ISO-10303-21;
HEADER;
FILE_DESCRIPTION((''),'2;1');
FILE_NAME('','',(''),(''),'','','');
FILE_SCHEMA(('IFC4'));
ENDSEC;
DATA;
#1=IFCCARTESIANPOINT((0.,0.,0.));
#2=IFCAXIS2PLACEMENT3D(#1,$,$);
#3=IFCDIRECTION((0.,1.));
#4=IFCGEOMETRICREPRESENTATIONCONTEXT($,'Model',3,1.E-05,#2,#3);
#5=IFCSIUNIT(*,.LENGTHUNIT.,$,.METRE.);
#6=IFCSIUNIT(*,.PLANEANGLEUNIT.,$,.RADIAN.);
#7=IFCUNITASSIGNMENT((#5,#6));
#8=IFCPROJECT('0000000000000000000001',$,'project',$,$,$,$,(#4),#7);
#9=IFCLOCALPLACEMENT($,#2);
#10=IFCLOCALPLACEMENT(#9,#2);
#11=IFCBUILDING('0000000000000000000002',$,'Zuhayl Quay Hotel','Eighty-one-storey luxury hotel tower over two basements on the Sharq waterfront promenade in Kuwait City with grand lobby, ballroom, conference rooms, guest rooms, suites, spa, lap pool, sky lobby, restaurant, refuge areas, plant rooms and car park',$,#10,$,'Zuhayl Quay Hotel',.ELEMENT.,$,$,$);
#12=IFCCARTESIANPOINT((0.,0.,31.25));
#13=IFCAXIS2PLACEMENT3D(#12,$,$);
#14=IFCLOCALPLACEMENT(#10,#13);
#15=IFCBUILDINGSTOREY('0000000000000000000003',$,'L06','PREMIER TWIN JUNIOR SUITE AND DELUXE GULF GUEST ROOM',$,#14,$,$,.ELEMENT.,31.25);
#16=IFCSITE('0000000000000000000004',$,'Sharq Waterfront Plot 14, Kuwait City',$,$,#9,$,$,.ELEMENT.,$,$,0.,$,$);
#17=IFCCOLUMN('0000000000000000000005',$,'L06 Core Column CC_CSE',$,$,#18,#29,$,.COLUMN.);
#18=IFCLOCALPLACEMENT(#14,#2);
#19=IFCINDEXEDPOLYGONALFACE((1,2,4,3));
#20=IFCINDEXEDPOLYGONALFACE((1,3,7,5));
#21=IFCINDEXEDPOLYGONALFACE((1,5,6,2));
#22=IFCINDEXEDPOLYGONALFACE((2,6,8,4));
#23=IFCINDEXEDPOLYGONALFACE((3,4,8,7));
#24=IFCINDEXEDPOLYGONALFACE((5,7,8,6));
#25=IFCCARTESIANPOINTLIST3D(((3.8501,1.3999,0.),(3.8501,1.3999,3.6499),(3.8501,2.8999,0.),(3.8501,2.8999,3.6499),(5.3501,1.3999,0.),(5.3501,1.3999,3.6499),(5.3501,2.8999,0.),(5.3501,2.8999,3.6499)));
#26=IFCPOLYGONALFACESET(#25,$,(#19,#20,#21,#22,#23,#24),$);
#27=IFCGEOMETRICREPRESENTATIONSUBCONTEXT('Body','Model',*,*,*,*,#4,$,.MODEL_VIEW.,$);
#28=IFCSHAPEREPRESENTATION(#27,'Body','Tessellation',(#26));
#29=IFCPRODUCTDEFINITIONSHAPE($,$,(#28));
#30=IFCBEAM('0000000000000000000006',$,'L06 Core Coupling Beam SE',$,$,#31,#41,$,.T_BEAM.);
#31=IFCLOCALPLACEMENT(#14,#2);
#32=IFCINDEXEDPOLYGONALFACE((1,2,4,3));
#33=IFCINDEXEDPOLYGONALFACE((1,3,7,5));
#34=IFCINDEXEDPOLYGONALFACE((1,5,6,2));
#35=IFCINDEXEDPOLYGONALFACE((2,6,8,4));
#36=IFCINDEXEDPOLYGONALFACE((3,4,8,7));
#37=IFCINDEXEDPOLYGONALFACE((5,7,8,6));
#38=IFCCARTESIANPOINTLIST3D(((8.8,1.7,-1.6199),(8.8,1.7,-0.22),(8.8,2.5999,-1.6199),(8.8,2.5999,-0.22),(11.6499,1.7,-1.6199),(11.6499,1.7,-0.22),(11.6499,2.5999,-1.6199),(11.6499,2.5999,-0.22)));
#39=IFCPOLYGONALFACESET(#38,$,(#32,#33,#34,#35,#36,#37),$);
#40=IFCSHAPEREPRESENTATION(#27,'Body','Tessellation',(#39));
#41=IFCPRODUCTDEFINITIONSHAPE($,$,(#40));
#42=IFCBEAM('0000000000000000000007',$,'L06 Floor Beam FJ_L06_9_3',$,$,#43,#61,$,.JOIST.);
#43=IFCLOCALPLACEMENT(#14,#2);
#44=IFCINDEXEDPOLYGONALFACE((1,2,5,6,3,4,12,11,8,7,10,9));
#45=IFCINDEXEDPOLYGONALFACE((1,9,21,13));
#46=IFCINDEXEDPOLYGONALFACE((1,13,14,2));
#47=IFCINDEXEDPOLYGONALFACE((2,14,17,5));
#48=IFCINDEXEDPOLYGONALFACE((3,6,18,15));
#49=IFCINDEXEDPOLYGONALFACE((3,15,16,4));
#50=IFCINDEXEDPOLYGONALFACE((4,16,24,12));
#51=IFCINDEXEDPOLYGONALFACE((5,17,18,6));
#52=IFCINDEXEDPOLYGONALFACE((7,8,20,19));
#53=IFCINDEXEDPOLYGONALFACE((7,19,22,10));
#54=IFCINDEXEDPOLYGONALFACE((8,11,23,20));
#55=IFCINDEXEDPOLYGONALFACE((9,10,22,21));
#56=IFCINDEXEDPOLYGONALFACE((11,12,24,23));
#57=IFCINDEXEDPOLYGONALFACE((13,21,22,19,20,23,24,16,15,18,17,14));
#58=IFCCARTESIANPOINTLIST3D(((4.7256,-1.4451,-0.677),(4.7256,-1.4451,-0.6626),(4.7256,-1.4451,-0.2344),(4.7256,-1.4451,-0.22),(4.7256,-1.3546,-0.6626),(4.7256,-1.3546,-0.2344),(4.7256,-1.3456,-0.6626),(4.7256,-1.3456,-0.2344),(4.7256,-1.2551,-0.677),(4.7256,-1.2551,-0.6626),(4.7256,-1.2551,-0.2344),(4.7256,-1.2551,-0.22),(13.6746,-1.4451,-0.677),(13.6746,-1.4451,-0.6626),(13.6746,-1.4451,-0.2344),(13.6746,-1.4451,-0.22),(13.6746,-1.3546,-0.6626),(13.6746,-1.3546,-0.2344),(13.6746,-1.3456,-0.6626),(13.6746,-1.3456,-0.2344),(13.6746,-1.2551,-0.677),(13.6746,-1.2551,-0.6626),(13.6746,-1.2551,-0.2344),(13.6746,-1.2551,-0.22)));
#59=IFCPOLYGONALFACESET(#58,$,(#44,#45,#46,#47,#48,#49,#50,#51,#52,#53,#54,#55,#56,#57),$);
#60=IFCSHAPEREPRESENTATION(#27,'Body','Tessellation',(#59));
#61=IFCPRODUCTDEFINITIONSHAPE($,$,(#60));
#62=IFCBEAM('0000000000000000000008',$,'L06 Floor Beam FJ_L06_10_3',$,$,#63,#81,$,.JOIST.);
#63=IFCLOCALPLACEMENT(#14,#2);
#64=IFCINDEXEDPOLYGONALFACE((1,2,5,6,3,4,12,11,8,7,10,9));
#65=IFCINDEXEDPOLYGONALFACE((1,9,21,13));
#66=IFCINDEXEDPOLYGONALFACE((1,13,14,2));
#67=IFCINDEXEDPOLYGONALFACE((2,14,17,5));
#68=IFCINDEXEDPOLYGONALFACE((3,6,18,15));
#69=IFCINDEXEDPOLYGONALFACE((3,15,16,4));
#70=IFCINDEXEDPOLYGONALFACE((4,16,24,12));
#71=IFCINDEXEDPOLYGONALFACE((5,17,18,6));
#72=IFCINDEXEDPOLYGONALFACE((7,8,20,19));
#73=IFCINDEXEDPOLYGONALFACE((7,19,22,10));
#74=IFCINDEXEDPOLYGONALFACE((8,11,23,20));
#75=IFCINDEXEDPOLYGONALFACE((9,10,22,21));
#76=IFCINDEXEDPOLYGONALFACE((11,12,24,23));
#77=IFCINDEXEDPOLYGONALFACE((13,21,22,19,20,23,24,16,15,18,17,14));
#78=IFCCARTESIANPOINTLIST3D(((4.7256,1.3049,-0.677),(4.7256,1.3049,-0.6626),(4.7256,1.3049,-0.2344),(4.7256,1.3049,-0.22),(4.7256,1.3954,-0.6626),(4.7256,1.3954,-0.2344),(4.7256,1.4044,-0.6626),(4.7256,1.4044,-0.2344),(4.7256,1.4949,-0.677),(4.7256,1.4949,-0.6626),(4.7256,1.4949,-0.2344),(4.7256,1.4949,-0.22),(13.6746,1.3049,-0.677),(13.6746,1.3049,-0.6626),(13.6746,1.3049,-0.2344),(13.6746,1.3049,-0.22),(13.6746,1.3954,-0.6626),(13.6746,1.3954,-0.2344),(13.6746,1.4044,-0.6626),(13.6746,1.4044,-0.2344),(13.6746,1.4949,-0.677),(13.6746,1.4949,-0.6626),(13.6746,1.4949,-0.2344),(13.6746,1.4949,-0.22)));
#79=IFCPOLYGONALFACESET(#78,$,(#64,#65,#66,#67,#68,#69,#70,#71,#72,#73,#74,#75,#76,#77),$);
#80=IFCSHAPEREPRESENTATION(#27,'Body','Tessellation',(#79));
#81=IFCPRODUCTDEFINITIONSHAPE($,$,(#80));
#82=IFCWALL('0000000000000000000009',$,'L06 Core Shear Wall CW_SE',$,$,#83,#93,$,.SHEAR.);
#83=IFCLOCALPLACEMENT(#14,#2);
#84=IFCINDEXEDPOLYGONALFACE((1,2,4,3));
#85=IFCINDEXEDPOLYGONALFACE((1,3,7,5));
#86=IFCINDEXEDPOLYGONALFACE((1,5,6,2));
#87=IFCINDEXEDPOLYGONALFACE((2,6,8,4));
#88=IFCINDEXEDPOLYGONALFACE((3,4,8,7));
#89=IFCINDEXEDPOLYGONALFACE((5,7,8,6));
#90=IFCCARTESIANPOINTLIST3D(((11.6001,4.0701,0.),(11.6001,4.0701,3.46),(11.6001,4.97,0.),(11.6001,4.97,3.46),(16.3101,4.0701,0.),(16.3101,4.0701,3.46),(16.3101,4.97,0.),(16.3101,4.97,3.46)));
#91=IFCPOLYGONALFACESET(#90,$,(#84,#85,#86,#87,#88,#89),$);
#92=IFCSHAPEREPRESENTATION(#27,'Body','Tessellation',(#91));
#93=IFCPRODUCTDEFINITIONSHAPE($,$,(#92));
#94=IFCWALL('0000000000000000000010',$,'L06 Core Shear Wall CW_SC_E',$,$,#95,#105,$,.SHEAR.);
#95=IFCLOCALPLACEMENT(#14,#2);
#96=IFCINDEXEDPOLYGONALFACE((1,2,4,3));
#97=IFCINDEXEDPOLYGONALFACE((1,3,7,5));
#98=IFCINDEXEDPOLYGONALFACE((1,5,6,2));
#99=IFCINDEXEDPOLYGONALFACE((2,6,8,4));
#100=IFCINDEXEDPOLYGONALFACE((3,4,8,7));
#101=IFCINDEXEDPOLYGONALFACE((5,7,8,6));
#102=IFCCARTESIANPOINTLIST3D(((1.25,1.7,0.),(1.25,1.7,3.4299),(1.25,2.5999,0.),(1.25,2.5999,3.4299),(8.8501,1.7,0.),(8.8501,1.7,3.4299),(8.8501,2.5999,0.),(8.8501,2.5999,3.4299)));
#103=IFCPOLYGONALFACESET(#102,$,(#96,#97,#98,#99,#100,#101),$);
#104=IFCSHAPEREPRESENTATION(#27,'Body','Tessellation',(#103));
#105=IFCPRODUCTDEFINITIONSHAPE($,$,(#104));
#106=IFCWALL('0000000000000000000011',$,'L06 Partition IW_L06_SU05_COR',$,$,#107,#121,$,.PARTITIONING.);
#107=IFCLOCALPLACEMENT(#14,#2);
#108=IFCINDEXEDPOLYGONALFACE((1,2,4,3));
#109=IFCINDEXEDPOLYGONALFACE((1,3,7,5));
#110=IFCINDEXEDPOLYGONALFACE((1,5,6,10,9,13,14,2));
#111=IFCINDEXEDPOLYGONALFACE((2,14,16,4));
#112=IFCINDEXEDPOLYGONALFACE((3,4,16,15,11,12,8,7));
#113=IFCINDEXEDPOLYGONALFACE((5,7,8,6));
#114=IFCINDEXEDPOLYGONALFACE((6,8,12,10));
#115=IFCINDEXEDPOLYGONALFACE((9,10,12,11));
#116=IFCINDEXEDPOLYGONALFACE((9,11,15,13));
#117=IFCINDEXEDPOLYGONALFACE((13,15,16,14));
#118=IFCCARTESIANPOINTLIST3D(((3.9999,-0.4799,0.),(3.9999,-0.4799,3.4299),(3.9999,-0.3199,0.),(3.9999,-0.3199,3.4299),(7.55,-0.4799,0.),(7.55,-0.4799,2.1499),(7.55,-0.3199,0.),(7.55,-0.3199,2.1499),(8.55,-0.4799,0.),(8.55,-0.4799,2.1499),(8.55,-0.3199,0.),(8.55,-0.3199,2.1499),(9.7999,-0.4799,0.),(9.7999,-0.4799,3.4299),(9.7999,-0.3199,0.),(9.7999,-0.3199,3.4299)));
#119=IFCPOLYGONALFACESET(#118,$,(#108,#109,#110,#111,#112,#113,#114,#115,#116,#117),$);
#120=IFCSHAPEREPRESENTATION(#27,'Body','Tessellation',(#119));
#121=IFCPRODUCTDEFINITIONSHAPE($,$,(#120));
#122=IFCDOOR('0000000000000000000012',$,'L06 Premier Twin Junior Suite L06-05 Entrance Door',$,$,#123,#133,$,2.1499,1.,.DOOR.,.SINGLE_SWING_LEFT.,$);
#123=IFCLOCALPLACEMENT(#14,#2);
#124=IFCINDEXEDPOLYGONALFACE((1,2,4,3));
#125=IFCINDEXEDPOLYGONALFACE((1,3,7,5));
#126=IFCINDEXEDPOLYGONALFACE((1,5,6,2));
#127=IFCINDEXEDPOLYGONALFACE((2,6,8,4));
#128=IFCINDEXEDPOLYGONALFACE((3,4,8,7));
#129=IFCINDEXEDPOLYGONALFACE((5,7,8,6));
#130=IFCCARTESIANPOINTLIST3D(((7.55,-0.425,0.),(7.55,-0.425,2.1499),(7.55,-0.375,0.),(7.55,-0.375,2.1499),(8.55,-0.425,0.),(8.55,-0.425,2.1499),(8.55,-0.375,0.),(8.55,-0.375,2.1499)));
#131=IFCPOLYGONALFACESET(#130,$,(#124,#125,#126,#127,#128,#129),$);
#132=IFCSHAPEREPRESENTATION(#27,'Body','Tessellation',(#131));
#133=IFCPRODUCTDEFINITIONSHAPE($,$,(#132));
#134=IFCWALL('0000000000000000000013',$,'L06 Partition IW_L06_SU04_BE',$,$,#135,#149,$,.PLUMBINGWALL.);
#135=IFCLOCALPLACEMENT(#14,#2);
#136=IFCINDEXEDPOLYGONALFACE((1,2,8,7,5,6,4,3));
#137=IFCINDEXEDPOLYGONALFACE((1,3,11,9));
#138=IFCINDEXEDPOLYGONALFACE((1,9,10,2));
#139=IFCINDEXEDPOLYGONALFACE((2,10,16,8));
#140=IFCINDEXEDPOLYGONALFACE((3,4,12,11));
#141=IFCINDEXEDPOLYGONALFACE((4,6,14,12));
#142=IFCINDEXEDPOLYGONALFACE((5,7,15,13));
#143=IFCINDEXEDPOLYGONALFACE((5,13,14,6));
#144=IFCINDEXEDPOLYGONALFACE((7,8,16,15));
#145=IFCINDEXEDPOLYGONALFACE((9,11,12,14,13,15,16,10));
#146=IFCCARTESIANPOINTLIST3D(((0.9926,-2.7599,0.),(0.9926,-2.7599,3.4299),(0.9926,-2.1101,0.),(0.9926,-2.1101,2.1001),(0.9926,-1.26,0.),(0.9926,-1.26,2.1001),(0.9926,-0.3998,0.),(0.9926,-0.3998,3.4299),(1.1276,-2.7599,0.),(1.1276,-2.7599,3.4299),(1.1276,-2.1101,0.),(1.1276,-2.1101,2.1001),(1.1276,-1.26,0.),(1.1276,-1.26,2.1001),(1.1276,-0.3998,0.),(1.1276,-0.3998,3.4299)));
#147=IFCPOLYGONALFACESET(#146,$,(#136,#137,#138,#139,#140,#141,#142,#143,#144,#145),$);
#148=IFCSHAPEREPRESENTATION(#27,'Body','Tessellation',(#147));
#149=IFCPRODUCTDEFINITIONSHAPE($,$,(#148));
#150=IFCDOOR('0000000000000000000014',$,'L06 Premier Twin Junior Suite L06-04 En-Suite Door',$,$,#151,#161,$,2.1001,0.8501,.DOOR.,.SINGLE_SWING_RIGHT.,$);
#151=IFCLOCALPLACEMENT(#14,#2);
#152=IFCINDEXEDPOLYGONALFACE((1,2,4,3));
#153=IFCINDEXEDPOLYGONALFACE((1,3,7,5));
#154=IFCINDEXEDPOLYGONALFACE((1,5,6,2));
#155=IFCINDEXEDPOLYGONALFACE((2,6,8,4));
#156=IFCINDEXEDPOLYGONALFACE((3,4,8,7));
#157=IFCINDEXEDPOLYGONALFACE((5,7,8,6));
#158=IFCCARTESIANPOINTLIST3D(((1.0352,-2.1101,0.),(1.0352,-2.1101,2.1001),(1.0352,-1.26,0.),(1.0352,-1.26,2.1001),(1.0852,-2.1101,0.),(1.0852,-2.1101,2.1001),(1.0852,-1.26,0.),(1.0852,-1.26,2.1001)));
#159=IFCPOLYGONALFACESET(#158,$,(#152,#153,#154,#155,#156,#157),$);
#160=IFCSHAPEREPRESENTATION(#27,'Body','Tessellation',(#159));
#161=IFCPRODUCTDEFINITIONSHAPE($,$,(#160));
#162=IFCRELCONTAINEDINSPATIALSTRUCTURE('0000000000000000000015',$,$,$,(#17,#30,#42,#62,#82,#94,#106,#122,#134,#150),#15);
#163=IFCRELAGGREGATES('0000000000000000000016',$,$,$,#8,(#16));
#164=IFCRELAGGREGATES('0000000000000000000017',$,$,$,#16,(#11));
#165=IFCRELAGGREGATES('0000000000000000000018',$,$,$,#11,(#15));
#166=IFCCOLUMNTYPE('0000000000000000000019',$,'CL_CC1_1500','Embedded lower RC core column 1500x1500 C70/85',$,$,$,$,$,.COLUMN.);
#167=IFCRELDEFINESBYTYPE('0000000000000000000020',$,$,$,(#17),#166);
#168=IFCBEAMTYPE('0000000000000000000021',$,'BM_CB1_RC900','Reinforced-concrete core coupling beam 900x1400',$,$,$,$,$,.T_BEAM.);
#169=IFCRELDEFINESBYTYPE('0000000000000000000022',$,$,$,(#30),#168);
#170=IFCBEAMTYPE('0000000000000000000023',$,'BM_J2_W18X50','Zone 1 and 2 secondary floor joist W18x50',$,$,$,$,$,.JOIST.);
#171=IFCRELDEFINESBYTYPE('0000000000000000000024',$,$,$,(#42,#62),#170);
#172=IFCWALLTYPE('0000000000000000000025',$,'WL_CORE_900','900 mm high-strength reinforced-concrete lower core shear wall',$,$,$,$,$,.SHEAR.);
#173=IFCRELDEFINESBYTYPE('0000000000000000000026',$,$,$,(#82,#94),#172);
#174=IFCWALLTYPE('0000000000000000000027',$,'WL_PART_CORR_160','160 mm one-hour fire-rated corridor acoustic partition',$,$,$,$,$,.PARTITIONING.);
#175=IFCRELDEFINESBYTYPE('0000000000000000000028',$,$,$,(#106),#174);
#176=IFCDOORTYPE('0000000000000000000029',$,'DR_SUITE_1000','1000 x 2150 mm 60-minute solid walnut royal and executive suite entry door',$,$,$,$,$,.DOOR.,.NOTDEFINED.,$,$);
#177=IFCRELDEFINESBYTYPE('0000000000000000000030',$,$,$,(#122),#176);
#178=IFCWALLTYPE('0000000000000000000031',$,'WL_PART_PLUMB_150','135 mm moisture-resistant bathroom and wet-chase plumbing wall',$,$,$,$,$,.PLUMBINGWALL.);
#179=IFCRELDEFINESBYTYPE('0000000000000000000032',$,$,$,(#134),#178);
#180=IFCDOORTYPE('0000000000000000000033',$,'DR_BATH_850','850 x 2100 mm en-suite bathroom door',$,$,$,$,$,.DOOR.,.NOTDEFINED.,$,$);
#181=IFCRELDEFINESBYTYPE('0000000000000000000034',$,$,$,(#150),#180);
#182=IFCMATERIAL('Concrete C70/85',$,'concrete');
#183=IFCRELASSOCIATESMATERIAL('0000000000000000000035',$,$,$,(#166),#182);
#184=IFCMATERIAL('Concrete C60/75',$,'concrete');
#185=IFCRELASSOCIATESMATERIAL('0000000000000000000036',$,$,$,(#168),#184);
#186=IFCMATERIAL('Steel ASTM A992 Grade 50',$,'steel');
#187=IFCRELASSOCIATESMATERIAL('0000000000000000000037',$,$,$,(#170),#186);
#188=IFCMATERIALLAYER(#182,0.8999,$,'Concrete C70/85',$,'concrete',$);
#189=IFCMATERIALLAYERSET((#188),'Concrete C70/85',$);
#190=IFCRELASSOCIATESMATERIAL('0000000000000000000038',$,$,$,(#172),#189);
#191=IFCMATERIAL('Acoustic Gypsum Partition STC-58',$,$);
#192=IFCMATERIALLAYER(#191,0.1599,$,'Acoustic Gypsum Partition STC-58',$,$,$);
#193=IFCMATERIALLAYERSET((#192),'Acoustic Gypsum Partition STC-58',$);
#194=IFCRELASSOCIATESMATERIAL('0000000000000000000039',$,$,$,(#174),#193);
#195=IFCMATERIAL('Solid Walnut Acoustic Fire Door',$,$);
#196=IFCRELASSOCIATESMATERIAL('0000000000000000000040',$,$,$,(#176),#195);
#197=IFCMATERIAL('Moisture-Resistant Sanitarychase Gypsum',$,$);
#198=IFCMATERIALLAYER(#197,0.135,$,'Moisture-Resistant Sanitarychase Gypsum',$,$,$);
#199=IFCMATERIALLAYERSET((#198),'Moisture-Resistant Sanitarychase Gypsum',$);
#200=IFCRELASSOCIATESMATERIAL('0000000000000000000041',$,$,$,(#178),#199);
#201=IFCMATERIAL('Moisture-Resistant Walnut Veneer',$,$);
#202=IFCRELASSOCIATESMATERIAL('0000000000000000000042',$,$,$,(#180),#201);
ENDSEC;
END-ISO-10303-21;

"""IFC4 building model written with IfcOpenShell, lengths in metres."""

from ifc_helpers import new_model, si_unit, direction, frame, frame_2d, origin, origin_2d, place, context, subcontext, project, spatial, rectangle, i_section, extrude, material, layer, layer_set, material_profile, profile_set, type_object, element, fill, save


model = new_model("IFC4")

# Units and contexts
model_context = context("Model", 3, precision=1e-05, world=origin(), true_north=direction((0.0, 1.0)))
body_context = subcontext(model_context, "Body", "Model", "MODEL_VIEW")
ifc_project = project(units=[si_unit("LENGTHUNIT", "METRE"), si_unit("PLANEANGLEUNIT", "RADIAN")], contexts=[model_context])

# Site, building, storey
site_placement = place(None, origin())
site = spatial("IfcSite", under=ifc_project, at=site_placement, Name="Sharq Waterfront Plot 14, Kuwait City", CompositionType="ELEMENT", RefElevation=0.0)
building_placement = place(site_placement, origin())
building = spatial("IfcBuilding", under=site, at=building_placement, Name="Zuhayl Quay Hotel", Description="Eighty-one-storey luxury hotel tower over two basements on the Sharq waterfront promenade in Kuwait City with grand lobby, ballroom, conference rooms, guest rooms, suites, spa, lap pool, sky lobby, restaurant, refuge areas, plant rooms and car park", LongName="Zuhayl Quay Hotel", CompositionType="ELEMENT")
storey_placement = place(building_placement, frame((0.0, 0.0, 31.25)))
storey = spatial("IfcBuildingStorey", under=building, at=storey_placement, Name="L06", Description="PREMIER TWIN JUNIOR SUITE AND DELUXE GULF GUEST ROOM", CompositionType="ELEMENT", Elevation=31.25)

# Column
ifc_material_1 = material(Name="Concrete C70/85", Category="concrete")
ifc_material_profile_1 = material_profile(ifc_material_1, rectangle(XDim=1.5, YDim=1.5, at=origin_2d()), Name="RC1500X1500")
ifc_profile_set_1 = profile_set([ifc_material_profile_1], Name="Concrete C70/85")
column_type = type_object("IfcColumnType", Name="CL_CC1_1500", Description="Embedded lower RC core column 1500x1500 C70/85", PredefinedType="COLUMN", material=ifc_profile_set_1)
column_placement = place(storey_placement, frame((4.6001, 2.1499, 0.0), z_axis=(0.0, 0.0, 1.0), x_axis=(1.0, 0.0, 0.0)))
element("IfcColumn", 1, at=column_placement, inside=storey, type_object=column_type, Name="L06 Core Column CC_CSE", PredefinedType="COLUMN", context=body_context, shape_type="SweptSolid", body=[
    extrude(rectangle(XDim=1.5, YDim=1.5, at=origin_2d()), origin(), (0.0, 0.0, 1.0), 3.6499),
])

# Beams
ifc_material_2 = material(Name="Concrete C60/75", Category="concrete")
ifc_material_profile_2 = material_profile(ifc_material_2, rectangle(XDim=0.8999, YDim=1.3999, at=origin_2d()), Name="RC900X1400")
ifc_profile_set_2 = profile_set([ifc_material_profile_2], Name="Concrete C60/75")
beam_type_1 = type_object("IfcBeamType", Name="BM_CB1_RC900", Description="Reinforced-concrete core coupling beam 900x1400", PredefinedType="T_BEAM", material=ifc_profile_set_2)
beam_placement = place(storey_placement, frame((8.8, 2.1499, -0.9199), z_axis=(1.0, 0.0, 0.0), x_axis=(0.0, 1.0, 0.0)))
element("IfcBeam", 2, at=beam_placement, inside=storey, type_object=beam_type_1, Name="L06 Core Coupling Beam SE", PredefinedType="T_BEAM", context=body_context, shape_type="SweptSolid", body=[
    extrude(rectangle(XDim=0.8999, YDim=1.3999, at=origin_2d()), origin(), (0.0, 0.0, 1.0), 2.8499),
])
ifc_material_3 = material(Name="Steel ASTM A992 Grade 50", Category="steel")
ifc_material_profile_3 = material_profile(ifc_material_3, i_section(OverallWidth=0.1899, OverallDepth=0.457, WebThickness=0.009, FlangeThickness=0.0144, at=origin_2d()), Name="W18X50")
ifc_profile_set_3 = profile_set([ifc_material_profile_3], Name="Steel ASTM A992 Grade 50")
beam_type_2 = type_object("IfcBeamType", Name="BM_J2_W18X50", Description="Zone 1 and 2 secondary floor joist W18x50", PredefinedType="JOIST", material=ifc_profile_set_3)
for number, where, z_axis, x_axis, name in (
    (3, (4.7256, -1.3501, -0.4485), (1.0, 0.0, 0.0), (0.0, 1.0, 0.0), "L06 Floor Beam FJ_L06_9_3"),
    (4, (4.7256, 1.3999, -0.4485), (1.0, 0.0, 0.0), (0.0, 1.0, 0.0), "L06 Floor Beam FJ_L06_10_3"),
):
    element("IfcBeam", number, at=place(storey_placement, frame(where, z_axis=z_axis, x_axis=x_axis)), inside=storey, type_object=beam_type_2, Name=name, PredefinedType="JOIST", context=body_context, shape_type="SweptSolid", body=[
        extrude(i_section(OverallWidth=0.1899, OverallDepth=0.457, WebThickness=0.009, FlangeThickness=0.0144, at=origin_2d()), origin(), (0.0, 0.0, 1.0), 8.949),
    ])

# Walls
ifc_layer_1 = layer(ifc_material_1, 0.8999, Name="Concrete C70/85", Category="concrete")
ifc_layer_set_1 = layer_set([ifc_layer_1], Name="Concrete C70/85")
wall_type_1 = type_object("IfcWallType", Name="WL_CORE_900", Description="900 mm high-strength reinforced-concrete lower core shear wall", PredefinedType="SHEAR", material=ifc_layer_set_1)
wall_1_placement = place(storey_placement, frame((11.6001, 4.52, 0.0), z_axis=(0.0, 0.0, 1.0), x_axis=(1.0, 0.0, 0.0)))
element("IfcWall", 5, at=wall_1_placement, inside=storey, type_object=wall_type_1, Name="L06 Core Shear Wall CW_SE", PredefinedType="SHEAR", context=body_context, shape_type="SweptSolid", body=[
    extrude(rectangle(XDim=4.71, YDim=0.8999, at=frame_2d((2.355, 0.0))), origin(), (0.0, 0.0, 1.0), 3.46),
])
wall_2_placement = place(storey_placement, frame((1.25, 2.1499, 0.0), z_axis=(0.0, 0.0, 1.0), x_axis=(1.0, 0.0, 0.0)))
element("IfcWall", 6, at=wall_2_placement, inside=storey, type_object=wall_type_1, Name="L06 Core Shear Wall CW_SC_E", PredefinedType="SHEAR", context=body_context, shape_type="SweptSolid", body=[
    extrude(rectangle(XDim=7.6001, YDim=0.8999, at=frame_2d((3.8, 0.0))), origin(), (0.0, 0.0, 1.0), 3.4299),
])

# Walls, openings, doors
ifc_material_4 = material(Name="Acoustic Gypsum Partition STC-58")
ifc_layer_2 = layer(ifc_material_4, 0.1599, Name="Acoustic Gypsum Partition STC-58")
ifc_layer_set_2 = layer_set([ifc_layer_2], Name="Acoustic Gypsum Partition STC-58")
wall_type_2 = type_object("IfcWallType", Name="WL_PART_CORR_160", Description="160 mm one-hour fire-rated corridor acoustic partition", PredefinedType="PARTITIONING", material=ifc_layer_set_2)
wall_3_placement = place(storey_placement, frame((4.0, -0.3999, 0.0), z_axis=(0.0, 0.0, 1.0), x_axis=(1.0, 0.0, 0.0)))
wall_3 = element("IfcWall", 7, at=wall_3_placement, inside=storey, type_object=wall_type_2, Name="L06 Partition IW_L06_SU05_COR", PredefinedType="PARTITIONING", context=body_context, shape_type="SweptSolid", body=[
    extrude(rectangle(XDim=5.8, YDim=0.1599, at=frame_2d((2.8999, 0.0))), origin(), (0.0, 0.0, 1.0), 3.4299),
])
opening_1_placement = place(wall_3_placement, frame((3.55, 0.0, 0.0)))
opening_1 = element("IfcOpeningElement", 8, at=opening_1_placement, cuts=wall_3, PredefinedType="OPENING", context=body_context, shape_type="SweptSolid", body=[
    extrude(rectangle(XDim=1.0, YDim=2.1499, at=frame_2d((0.5, 1.075))), frame((0.0, 0.0898, 0.0), z_axis=(0.0, -1.0, 0.0), x_axis=(1.0, 0.0, 0.0)), (0.0, 0.0, 1.0), 0.1799),
])
ifc_material_5 = material(Name="Solid Walnut Acoustic Fire Door")
door_type_1 = type_object("IfcDoorType", Name="DR_SUITE_1000", Description="1000 x 2150 mm 60-minute solid walnut royal and executive suite entry door", OperationType="NOTDEFINED", PredefinedType="DOOR", material=ifc_material_5)
door_1_placement = place(opening_1_placement, origin())
door_1 = element("IfcDoor", 9, at=door_1_placement, inside=storey, type_object=door_type_1, Name="L06 Premier Twin Junior Suite L06-05 Entrance Door", OperationType="SINGLE_SWING_LEFT", OverallHeight=2.1499, OverallWidth=1.0, PredefinedType="DOOR", context=body_context, shape_type="SweptSolid", body=[
    extrude(rectangle(XDim=1.0, YDim=2.1499, at=frame_2d((0.5, 1.075))), frame((0.0, 0.0249, 0.0), z_axis=(0.0, -1.0, 0.0), x_axis=(1.0, 0.0, 0.0)), (0.0, 0.0, 1.0), 0.05),
])
fill(opening_1, door_1)
ifc_material_6 = material(Name="Moisture-Resistant Sanitarychase Gypsum")
ifc_layer_3 = layer(ifc_material_6, 0.135, Name="Moisture-Resistant Sanitarychase Gypsum")
ifc_layer_set_3 = layer_set([ifc_layer_3], Name="Moisture-Resistant Sanitarychase Gypsum")
wall_type_3 = type_object("IfcWallType", Name="WL_PART_PLUMB_150", Description="135 mm moisture-resistant bathroom and wet-chase plumbing wall", PredefinedType="PLUMBINGWALL", material=ifc_layer_set_3)
wall_4_placement = place(storey_placement, frame((1.0601, -2.76, 0.0), z_axis=(0.0, 0.0, 1.0), x_axis=(0.0, 1.0, 0.0)))
wall_4 = element("IfcWall", 10, at=wall_4_placement, inside=storey, type_object=wall_type_3, Name="L06 Partition IW_L06_SU04_BE", PredefinedType="PLUMBINGWALL", context=body_context, shape_type="SweptSolid", body=[
    extrude(rectangle(XDim=2.3601, YDim=0.135, at=frame_2d((1.1802, 0.0))), origin(), (0.0, 0.0, 1.0), 3.4299),
])
opening_2_placement = place(wall_4_placement, frame((0.6499, 0.0, 0.0)))
opening_2 = element("IfcOpeningElement", 11, at=opening_2_placement, cuts=wall_4, PredefinedType="OPENING", context=body_context, shape_type="SweptSolid", body=[
    extrude(rectangle(XDim=0.8501, YDim=2.1001, at=frame_2d((0.425, 1.05))), frame((0.0, 0.0774, 0.0), z_axis=(0.0, -1.0, 0.0), x_axis=(1.0, 0.0, 0.0)), (0.0, 0.0, 1.0), 0.155),
])
ifc_material_7 = material(Name="Moisture-Resistant Walnut Veneer")
door_type_2 = type_object("IfcDoorType", Name="DR_BATH_850", Description="850 x 2100 mm en-suite bathroom door", OperationType="NOTDEFINED", PredefinedType="DOOR", material=ifc_material_7)
door_2_placement = place(opening_2_placement, origin())
door_2 = element("IfcDoor", 12, at=door_2_placement, inside=storey, type_object=door_type_2, Name="L06 Premier Twin Junior Suite L06-04 En-Suite Door", OperationType="SINGLE_SWING_RIGHT", OverallHeight=2.1001, OverallWidth=0.8501, PredefinedType="DOOR", context=body_context, shape_type="SweptSolid", body=[
    extrude(rectangle(XDim=0.8501, YDim=2.1001, at=frame_2d((0.425, 1.05))), frame((0.0, 0.0249, 0.0), z_axis=(0.0, -1.0, 0.0), x_axis=(1.0, 0.0, 0.0)), (0.0, 0.0, 1.0), 0.05),
])
fill(opening_2, door_2)

save(model, "model.ifc")
